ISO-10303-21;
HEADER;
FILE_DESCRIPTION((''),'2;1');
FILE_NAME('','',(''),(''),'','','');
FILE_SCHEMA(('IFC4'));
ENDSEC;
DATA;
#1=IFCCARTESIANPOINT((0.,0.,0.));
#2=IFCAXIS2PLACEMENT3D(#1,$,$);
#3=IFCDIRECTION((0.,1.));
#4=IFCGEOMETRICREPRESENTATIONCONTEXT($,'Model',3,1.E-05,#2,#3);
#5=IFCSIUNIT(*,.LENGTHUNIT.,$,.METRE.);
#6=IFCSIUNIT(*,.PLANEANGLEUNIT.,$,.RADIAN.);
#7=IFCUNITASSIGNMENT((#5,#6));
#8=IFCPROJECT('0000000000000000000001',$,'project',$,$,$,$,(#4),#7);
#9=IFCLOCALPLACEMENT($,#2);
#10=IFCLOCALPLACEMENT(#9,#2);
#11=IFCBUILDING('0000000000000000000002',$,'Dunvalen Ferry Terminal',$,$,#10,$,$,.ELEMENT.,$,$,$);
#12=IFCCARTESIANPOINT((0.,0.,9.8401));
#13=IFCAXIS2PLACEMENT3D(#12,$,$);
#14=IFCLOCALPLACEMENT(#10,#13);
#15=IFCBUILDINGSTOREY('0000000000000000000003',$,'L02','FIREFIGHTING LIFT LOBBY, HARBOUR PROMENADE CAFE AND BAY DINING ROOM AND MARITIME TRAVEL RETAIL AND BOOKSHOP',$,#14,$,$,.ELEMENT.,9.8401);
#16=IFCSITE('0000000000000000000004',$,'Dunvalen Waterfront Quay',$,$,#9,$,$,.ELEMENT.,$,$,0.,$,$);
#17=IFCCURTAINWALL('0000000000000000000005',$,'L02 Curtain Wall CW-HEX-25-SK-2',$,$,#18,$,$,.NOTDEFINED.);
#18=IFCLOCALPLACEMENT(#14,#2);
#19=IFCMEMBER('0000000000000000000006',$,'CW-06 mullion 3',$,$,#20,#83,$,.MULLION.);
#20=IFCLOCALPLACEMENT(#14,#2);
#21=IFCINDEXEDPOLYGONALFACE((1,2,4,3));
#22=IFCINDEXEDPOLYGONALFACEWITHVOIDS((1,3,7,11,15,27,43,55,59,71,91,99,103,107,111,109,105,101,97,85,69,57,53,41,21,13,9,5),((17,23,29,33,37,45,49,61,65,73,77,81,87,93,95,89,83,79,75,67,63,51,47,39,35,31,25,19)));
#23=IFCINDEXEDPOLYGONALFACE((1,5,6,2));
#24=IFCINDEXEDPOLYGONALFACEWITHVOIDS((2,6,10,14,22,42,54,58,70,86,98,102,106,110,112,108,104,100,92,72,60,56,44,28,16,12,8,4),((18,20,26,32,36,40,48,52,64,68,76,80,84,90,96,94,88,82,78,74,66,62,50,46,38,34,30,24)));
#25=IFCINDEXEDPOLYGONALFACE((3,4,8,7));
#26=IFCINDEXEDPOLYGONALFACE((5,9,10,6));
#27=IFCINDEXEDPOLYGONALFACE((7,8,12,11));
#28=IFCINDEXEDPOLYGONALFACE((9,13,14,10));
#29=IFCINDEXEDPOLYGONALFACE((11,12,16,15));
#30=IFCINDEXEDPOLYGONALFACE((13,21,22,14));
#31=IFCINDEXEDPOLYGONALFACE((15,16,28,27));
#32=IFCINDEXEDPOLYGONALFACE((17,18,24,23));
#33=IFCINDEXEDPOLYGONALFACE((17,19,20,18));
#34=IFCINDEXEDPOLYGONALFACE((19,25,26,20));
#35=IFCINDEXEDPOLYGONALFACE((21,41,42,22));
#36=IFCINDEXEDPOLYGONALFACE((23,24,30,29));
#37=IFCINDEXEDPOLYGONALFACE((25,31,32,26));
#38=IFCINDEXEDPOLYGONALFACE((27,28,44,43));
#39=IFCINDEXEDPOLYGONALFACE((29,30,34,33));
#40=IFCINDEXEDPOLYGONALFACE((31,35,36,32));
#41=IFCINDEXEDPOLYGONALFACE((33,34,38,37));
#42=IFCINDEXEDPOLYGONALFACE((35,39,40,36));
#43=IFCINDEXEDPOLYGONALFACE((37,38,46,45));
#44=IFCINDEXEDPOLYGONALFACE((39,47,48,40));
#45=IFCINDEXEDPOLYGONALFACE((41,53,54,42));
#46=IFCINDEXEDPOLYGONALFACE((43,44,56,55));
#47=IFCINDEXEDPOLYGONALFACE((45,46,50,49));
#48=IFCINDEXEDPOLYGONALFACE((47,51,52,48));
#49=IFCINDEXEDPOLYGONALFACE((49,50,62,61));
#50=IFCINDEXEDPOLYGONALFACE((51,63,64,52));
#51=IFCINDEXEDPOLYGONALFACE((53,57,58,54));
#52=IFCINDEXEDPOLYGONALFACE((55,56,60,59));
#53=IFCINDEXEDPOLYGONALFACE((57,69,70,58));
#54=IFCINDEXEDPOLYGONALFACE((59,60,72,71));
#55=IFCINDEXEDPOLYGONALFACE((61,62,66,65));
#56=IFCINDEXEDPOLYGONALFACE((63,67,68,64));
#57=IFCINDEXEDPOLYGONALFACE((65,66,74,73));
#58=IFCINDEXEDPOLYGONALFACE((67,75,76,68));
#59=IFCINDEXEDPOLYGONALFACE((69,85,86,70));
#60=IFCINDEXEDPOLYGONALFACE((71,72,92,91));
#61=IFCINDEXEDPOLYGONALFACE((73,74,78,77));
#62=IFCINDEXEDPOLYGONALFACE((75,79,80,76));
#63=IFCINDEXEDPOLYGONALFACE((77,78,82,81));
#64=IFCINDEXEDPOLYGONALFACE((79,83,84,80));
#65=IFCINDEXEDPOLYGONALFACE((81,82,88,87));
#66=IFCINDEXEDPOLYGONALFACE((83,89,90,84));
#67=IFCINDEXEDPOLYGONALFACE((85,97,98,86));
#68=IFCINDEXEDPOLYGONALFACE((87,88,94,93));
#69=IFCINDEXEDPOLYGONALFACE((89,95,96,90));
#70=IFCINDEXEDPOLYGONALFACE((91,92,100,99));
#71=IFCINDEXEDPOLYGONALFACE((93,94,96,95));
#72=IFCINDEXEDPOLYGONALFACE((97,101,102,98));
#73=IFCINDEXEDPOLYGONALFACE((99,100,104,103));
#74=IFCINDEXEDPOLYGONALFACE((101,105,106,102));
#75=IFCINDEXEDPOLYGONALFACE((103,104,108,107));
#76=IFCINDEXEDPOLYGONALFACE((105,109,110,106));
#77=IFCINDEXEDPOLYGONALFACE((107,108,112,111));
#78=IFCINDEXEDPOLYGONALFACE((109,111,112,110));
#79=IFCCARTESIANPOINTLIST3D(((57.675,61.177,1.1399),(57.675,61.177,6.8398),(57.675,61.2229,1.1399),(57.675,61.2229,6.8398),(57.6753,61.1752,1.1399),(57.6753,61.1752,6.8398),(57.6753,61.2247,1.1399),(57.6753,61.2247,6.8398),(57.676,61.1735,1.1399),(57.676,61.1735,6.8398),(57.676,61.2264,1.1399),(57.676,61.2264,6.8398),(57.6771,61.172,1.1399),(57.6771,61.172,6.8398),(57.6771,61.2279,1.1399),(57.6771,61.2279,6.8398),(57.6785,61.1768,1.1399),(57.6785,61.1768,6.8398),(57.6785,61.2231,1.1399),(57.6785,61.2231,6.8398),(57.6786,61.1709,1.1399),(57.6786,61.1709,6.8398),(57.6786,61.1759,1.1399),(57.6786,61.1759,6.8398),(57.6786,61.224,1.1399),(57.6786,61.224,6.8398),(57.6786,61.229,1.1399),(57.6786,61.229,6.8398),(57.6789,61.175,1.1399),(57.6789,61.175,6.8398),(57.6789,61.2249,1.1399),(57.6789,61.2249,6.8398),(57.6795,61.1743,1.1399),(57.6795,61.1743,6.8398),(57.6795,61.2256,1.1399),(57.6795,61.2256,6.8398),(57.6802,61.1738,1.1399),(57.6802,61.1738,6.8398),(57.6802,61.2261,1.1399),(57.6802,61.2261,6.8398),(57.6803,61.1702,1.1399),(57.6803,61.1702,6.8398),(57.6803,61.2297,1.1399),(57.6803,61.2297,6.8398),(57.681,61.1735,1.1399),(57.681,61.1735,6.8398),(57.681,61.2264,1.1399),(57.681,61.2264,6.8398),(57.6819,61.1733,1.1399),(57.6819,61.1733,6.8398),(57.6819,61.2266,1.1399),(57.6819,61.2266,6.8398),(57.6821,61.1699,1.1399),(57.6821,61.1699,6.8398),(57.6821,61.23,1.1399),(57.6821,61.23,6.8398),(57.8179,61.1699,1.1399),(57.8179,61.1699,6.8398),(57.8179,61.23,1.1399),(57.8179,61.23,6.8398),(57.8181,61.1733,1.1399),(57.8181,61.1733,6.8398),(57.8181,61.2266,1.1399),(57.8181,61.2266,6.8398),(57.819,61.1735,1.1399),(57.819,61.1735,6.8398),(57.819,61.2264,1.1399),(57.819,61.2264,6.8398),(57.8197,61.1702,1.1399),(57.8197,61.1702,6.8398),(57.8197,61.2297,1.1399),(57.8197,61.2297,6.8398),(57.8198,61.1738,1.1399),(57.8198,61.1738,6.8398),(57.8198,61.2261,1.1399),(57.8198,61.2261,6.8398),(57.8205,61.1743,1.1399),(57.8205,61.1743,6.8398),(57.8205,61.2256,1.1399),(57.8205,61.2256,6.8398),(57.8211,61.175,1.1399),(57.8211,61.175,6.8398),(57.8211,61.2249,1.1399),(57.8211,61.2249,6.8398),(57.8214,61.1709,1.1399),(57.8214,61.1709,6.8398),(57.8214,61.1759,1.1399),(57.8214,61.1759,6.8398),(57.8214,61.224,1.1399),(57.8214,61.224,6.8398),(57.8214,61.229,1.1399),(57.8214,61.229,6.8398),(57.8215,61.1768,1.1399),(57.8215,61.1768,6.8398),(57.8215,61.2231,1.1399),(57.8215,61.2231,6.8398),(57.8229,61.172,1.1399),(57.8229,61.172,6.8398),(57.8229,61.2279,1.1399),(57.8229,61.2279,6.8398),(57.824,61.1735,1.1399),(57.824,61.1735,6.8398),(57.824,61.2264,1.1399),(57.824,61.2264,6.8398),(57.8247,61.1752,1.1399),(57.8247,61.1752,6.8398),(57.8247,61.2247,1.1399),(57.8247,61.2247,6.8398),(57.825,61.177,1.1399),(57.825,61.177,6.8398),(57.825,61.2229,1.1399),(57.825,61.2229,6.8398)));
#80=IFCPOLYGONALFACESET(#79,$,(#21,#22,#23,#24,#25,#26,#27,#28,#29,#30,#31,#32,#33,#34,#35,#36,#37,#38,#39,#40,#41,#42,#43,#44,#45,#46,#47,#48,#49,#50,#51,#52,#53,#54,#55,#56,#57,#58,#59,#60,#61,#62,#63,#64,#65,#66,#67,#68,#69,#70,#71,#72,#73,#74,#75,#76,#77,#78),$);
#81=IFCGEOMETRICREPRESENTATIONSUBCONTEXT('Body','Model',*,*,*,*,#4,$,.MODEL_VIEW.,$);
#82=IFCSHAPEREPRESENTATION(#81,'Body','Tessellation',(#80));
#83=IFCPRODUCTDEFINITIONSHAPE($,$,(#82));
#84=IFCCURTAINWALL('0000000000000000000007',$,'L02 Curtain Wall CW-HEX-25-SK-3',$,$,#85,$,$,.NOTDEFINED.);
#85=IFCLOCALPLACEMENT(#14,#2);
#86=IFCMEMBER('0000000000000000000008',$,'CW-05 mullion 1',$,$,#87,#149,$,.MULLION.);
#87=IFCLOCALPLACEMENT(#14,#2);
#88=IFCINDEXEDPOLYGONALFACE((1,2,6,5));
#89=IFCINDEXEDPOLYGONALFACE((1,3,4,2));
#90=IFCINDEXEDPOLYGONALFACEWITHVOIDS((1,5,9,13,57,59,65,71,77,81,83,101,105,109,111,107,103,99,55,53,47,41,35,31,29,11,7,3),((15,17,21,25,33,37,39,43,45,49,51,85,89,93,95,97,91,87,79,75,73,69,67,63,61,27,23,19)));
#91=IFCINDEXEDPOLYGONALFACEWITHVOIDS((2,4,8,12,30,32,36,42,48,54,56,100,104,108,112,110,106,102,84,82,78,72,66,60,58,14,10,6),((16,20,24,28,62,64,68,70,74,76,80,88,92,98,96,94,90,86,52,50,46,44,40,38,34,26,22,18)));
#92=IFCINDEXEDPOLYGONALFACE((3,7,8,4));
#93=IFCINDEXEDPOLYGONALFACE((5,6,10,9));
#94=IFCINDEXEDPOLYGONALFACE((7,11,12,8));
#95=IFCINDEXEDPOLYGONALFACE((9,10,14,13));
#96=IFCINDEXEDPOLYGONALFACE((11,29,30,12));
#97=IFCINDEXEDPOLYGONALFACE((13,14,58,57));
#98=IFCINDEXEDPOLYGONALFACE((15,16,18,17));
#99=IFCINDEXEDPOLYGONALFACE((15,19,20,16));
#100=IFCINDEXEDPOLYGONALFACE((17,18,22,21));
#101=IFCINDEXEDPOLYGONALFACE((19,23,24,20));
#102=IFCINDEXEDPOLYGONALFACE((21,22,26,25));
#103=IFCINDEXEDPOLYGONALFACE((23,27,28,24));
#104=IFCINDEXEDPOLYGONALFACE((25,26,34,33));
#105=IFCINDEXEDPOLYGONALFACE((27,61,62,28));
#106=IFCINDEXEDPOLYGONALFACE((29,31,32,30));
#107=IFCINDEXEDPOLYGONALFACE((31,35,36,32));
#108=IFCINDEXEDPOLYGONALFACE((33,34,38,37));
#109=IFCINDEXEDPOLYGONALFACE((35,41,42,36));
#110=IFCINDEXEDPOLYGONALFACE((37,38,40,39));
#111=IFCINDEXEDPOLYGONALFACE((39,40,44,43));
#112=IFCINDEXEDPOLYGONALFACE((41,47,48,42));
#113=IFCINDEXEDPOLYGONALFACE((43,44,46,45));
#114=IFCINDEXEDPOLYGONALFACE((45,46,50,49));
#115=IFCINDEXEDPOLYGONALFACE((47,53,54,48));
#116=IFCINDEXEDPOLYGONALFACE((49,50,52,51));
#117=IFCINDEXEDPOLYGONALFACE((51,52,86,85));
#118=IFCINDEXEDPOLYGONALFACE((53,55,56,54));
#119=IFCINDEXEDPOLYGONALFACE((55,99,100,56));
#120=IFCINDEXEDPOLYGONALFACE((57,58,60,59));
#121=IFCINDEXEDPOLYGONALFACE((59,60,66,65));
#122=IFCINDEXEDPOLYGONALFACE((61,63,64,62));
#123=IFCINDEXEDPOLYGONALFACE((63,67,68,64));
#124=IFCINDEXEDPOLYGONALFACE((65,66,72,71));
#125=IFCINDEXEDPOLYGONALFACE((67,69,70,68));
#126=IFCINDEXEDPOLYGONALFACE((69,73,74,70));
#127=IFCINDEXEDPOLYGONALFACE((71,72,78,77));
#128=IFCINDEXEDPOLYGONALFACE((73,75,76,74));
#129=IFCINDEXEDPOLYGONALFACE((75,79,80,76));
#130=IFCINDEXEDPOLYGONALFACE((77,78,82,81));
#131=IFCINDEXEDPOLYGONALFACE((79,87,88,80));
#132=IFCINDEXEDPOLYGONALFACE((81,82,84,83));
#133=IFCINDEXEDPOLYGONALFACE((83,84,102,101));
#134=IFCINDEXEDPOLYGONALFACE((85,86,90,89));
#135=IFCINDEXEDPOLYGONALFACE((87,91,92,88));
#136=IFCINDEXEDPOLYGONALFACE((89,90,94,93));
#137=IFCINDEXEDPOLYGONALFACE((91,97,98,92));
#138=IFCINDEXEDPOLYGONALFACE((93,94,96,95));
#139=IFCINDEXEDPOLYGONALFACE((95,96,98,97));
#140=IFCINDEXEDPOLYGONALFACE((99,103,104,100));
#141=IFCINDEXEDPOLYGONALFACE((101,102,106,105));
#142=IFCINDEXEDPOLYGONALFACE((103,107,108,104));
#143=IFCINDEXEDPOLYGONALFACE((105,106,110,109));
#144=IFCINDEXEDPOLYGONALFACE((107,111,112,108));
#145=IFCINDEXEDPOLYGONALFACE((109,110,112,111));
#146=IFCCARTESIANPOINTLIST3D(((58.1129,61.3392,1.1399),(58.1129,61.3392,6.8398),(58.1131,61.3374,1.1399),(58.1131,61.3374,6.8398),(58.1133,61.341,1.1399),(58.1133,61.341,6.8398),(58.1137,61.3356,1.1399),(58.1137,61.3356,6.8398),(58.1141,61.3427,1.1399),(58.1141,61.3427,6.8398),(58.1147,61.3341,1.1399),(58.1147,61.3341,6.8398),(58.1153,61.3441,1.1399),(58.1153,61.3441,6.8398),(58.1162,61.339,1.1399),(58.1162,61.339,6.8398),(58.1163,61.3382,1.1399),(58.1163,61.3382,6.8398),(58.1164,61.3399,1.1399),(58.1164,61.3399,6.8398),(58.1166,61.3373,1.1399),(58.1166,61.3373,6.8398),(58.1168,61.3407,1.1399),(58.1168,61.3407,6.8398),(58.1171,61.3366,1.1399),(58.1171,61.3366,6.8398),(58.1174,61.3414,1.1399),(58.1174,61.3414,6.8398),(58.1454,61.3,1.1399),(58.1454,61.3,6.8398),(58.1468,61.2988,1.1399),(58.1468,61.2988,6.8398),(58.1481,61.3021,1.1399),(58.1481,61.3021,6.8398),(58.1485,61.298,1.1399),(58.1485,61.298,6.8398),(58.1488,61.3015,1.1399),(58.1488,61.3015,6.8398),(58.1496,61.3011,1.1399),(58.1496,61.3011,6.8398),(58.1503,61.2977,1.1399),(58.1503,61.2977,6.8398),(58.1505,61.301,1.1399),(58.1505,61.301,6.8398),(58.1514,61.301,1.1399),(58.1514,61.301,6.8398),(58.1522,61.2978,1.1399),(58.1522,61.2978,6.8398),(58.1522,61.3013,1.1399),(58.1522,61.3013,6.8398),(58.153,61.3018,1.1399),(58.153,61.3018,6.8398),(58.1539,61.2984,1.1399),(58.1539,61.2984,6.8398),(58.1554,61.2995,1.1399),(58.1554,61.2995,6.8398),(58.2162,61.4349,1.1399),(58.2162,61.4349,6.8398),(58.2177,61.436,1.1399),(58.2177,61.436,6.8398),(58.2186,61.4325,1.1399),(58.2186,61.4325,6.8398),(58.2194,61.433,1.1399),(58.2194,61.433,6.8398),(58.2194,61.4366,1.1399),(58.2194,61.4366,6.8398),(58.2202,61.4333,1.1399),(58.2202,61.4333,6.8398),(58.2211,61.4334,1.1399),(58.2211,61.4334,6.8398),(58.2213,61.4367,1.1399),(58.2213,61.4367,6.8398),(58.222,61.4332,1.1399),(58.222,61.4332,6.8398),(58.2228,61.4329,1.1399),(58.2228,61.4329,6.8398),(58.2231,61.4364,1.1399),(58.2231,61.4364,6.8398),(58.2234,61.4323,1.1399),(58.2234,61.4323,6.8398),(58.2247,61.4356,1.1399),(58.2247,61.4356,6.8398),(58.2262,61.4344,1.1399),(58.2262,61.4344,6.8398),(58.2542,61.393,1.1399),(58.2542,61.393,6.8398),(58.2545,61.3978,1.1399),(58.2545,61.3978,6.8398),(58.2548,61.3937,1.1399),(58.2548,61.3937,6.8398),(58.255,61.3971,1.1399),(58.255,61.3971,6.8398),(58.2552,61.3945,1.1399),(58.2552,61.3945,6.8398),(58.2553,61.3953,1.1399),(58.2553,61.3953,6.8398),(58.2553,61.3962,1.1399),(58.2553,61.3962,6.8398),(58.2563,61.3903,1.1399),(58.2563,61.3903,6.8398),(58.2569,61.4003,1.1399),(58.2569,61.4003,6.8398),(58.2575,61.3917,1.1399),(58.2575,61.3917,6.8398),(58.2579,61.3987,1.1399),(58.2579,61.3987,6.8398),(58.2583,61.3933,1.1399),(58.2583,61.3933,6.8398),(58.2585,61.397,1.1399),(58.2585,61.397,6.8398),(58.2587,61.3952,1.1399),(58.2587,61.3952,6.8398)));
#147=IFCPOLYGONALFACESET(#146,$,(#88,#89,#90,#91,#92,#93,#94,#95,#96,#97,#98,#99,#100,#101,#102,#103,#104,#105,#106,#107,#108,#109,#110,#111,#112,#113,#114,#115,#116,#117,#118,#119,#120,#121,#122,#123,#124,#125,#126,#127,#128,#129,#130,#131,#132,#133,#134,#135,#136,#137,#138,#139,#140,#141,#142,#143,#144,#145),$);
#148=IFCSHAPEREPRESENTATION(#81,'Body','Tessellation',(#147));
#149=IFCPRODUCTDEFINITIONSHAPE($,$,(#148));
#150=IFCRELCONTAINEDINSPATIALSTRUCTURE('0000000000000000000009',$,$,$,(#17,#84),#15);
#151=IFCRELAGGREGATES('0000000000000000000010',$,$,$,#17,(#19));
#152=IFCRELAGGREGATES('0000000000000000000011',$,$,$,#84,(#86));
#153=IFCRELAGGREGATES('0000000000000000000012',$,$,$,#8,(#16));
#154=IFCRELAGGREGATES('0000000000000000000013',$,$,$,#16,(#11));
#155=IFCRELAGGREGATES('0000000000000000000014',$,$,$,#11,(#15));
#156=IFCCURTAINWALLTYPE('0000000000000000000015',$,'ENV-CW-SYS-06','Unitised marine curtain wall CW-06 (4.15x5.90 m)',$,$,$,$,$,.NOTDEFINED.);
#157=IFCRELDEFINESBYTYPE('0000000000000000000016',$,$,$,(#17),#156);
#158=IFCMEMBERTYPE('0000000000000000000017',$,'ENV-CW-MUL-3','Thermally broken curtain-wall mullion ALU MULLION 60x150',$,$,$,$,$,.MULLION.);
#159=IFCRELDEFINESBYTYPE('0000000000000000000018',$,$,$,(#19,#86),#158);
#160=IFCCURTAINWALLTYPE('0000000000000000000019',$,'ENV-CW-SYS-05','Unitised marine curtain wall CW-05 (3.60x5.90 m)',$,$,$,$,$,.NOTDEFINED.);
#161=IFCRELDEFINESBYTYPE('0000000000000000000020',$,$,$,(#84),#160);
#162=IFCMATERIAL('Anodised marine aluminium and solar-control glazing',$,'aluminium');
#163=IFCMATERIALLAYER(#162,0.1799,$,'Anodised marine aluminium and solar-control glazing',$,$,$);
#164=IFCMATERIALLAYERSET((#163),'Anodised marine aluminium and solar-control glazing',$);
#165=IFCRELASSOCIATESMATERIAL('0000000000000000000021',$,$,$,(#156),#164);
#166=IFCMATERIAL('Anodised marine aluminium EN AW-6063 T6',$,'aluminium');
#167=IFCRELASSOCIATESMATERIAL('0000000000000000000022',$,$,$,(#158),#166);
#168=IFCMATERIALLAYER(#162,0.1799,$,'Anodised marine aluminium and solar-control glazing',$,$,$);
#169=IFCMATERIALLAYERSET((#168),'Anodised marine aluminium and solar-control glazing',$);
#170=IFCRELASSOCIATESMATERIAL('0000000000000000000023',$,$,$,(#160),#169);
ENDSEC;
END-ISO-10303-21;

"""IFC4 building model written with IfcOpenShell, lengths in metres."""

from ifc_helpers import new_model, si_unit, direction, frame, origin, origin_2d, place, context, subcontext, project, spatial, hollow_rectangle, extrude, material, layer, layer_set, material_profile, profile_set, type_object, element, aggregate, save


model = new_model("IFC4")

# Units and contexts
model_context = context("Model", 3, precision=1e-05, world=origin(), true_north=direction((0.0, 1.0)))
body_context = subcontext(model_context, "Body", "Model", "MODEL_VIEW")
ifc_project = project(units=[si_unit("LENGTHUNIT", "METRE"), si_unit("PLANEANGLEUNIT", "RADIAN")], contexts=[model_context])

# Site, building, storey
site_placement = place(None, origin())
site = spatial("IfcSite", under=ifc_project, at=site_placement, Name="Dunvalen Waterfront Quay", CompositionType="ELEMENT", RefElevation=0.0)
building_placement = place(site_placement, origin())
building = spatial("IfcBuilding", under=site, at=building_placement, Name="Dunvalen Ferry Terminal", CompositionType="ELEMENT")
storey_placement = place(building_placement, frame((0.0, 0.0, 9.8401)))
storey = spatial("IfcBuildingStorey", under=building, at=storey_placement, Name="L02", Description="FIREFIGHTING LIFT LOBBY, HARBOUR PROMENADE CAFE AND BAY DINING ROOM AND MARITIME TRAVEL RETAIL AND BOOKSHOP", CompositionType="ELEMENT", Elevation=9.8401)

# Curtain wall, member
ifc_material_1 = material(Name="Anodised marine aluminium and solar-control glazing", Category="aluminium")
ifc_layer_1 = layer(ifc_material_1, 0.1799, Name="Anodised marine aluminium and solar-control glazing")
ifc_layer_set_1 = layer_set([ifc_layer_1], Name="Anodised marine aluminium and solar-control glazing")
curtain_wall_type_1 = type_object("IfcCurtainWallType", Name="ENV-CW-SYS-06", Description="Unitised marine curtain wall CW-06 (4.15x5.90 m)", PredefinedType="NOTDEFINED", material=ifc_layer_set_1)
curtain_wall_1_placement = place(storey_placement, origin())
curtain_wall_1 = element("IfcCurtainWall", 1, at=curtain_wall_1_placement, inside=storey, type_object=curtain_wall_type_1, Name="L02 Curtain Wall CW-HEX-25-SK-2", PredefinedType="NOTDEFINED")
ifc_material_2 = material(Name="Anodised marine aluminium EN AW-6063 T6", Category="aluminium")
ifc_material_profile_1 = material_profile(ifc_material_2, hollow_rectangle(XDim=0.0601, YDim=0.1499, WallThickness=0.0034, InnerFilletRadius=0.0034, OuterFilletRadius=0.0071, at=origin_2d()), Name="Anodised marine aluminium EN AW-6063 T6")
ifc_profile_set_1 = profile_set([ifc_material_profile_1], Name="Anodised marine aluminium EN AW-6063 T6")
member_type_1 = type_object("IfcMemberType", Name="ENV-CW-MUL-3", Description="Thermally broken curtain-wall mullion ALU MULLION 60x150", PredefinedType="MULLION", material=ifc_profile_set_1)
member_1_placement = place(storey_placement, frame((57.75, 61.2, 1.1399), z_axis=(0.0, 0.0, 1.0), x_axis=(0.0, 1.0, 0.0)))
member_1 = element("IfcMember", 2, at=member_1_placement, type_object=member_type_1, Name="CW-06 mullion 3", PredefinedType="MULLION", context=body_context, shape_type="SweptSolid", body=[
    extrude(hollow_rectangle(XDim=0.0601, YDim=0.1499, WallThickness=0.0034, InnerFilletRadius=0.0034, OuterFilletRadius=0.0071, at=origin_2d()), origin(), (0.0, 0.0, 1.0), 5.7),
])

# Curtain wall, member
ifc_layer_2 = layer(ifc_material_1, 0.1799, Name="Anodised marine aluminium and solar-control glazing")
ifc_layer_set_2 = layer_set([ifc_layer_2], Name="Anodised marine aluminium and solar-control glazing")
curtain_wall_type_2 = type_object("IfcCurtainWallType", Name="ENV-CW-SYS-05", Description="Unitised marine curtain wall CW-05 (3.60x5.90 m)", PredefinedType="NOTDEFINED", material=ifc_layer_set_2)
curtain_wall_2_placement = place(storey_placement, origin())
curtain_wall_2 = element("IfcCurtainWall", 3, at=curtain_wall_2_placement, inside=storey, type_object=curtain_wall_type_2, Name="L02 Curtain Wall CW-HEX-25-SK-3", PredefinedType="NOTDEFINED")
member_2_placement = place(storey_placement, frame((58.1858, 61.3672, 1.1399), z_axis=(0.0, 0.0, 1.0), x_axis=(-0.668954, 0.743304, 0.0)))
member_2 = element("IfcMember", 4, at=member_2_placement, type_object=member_type_1, Name="CW-05 mullion 1", PredefinedType="MULLION", context=body_context, shape_type="SweptSolid", body=[
    extrude(hollow_rectangle(XDim=0.0601, YDim=0.1499, WallThickness=0.0034, InnerFilletRadius=0.0034, OuterFilletRadius=0.0071, at=origin_2d()), origin(), (0.0, 0.0, 1.0), 5.7),
])

aggregate(curtain_wall_1, [member_1])
aggregate(curtain_wall_2, [member_2])

save(model, "model.ifc")
